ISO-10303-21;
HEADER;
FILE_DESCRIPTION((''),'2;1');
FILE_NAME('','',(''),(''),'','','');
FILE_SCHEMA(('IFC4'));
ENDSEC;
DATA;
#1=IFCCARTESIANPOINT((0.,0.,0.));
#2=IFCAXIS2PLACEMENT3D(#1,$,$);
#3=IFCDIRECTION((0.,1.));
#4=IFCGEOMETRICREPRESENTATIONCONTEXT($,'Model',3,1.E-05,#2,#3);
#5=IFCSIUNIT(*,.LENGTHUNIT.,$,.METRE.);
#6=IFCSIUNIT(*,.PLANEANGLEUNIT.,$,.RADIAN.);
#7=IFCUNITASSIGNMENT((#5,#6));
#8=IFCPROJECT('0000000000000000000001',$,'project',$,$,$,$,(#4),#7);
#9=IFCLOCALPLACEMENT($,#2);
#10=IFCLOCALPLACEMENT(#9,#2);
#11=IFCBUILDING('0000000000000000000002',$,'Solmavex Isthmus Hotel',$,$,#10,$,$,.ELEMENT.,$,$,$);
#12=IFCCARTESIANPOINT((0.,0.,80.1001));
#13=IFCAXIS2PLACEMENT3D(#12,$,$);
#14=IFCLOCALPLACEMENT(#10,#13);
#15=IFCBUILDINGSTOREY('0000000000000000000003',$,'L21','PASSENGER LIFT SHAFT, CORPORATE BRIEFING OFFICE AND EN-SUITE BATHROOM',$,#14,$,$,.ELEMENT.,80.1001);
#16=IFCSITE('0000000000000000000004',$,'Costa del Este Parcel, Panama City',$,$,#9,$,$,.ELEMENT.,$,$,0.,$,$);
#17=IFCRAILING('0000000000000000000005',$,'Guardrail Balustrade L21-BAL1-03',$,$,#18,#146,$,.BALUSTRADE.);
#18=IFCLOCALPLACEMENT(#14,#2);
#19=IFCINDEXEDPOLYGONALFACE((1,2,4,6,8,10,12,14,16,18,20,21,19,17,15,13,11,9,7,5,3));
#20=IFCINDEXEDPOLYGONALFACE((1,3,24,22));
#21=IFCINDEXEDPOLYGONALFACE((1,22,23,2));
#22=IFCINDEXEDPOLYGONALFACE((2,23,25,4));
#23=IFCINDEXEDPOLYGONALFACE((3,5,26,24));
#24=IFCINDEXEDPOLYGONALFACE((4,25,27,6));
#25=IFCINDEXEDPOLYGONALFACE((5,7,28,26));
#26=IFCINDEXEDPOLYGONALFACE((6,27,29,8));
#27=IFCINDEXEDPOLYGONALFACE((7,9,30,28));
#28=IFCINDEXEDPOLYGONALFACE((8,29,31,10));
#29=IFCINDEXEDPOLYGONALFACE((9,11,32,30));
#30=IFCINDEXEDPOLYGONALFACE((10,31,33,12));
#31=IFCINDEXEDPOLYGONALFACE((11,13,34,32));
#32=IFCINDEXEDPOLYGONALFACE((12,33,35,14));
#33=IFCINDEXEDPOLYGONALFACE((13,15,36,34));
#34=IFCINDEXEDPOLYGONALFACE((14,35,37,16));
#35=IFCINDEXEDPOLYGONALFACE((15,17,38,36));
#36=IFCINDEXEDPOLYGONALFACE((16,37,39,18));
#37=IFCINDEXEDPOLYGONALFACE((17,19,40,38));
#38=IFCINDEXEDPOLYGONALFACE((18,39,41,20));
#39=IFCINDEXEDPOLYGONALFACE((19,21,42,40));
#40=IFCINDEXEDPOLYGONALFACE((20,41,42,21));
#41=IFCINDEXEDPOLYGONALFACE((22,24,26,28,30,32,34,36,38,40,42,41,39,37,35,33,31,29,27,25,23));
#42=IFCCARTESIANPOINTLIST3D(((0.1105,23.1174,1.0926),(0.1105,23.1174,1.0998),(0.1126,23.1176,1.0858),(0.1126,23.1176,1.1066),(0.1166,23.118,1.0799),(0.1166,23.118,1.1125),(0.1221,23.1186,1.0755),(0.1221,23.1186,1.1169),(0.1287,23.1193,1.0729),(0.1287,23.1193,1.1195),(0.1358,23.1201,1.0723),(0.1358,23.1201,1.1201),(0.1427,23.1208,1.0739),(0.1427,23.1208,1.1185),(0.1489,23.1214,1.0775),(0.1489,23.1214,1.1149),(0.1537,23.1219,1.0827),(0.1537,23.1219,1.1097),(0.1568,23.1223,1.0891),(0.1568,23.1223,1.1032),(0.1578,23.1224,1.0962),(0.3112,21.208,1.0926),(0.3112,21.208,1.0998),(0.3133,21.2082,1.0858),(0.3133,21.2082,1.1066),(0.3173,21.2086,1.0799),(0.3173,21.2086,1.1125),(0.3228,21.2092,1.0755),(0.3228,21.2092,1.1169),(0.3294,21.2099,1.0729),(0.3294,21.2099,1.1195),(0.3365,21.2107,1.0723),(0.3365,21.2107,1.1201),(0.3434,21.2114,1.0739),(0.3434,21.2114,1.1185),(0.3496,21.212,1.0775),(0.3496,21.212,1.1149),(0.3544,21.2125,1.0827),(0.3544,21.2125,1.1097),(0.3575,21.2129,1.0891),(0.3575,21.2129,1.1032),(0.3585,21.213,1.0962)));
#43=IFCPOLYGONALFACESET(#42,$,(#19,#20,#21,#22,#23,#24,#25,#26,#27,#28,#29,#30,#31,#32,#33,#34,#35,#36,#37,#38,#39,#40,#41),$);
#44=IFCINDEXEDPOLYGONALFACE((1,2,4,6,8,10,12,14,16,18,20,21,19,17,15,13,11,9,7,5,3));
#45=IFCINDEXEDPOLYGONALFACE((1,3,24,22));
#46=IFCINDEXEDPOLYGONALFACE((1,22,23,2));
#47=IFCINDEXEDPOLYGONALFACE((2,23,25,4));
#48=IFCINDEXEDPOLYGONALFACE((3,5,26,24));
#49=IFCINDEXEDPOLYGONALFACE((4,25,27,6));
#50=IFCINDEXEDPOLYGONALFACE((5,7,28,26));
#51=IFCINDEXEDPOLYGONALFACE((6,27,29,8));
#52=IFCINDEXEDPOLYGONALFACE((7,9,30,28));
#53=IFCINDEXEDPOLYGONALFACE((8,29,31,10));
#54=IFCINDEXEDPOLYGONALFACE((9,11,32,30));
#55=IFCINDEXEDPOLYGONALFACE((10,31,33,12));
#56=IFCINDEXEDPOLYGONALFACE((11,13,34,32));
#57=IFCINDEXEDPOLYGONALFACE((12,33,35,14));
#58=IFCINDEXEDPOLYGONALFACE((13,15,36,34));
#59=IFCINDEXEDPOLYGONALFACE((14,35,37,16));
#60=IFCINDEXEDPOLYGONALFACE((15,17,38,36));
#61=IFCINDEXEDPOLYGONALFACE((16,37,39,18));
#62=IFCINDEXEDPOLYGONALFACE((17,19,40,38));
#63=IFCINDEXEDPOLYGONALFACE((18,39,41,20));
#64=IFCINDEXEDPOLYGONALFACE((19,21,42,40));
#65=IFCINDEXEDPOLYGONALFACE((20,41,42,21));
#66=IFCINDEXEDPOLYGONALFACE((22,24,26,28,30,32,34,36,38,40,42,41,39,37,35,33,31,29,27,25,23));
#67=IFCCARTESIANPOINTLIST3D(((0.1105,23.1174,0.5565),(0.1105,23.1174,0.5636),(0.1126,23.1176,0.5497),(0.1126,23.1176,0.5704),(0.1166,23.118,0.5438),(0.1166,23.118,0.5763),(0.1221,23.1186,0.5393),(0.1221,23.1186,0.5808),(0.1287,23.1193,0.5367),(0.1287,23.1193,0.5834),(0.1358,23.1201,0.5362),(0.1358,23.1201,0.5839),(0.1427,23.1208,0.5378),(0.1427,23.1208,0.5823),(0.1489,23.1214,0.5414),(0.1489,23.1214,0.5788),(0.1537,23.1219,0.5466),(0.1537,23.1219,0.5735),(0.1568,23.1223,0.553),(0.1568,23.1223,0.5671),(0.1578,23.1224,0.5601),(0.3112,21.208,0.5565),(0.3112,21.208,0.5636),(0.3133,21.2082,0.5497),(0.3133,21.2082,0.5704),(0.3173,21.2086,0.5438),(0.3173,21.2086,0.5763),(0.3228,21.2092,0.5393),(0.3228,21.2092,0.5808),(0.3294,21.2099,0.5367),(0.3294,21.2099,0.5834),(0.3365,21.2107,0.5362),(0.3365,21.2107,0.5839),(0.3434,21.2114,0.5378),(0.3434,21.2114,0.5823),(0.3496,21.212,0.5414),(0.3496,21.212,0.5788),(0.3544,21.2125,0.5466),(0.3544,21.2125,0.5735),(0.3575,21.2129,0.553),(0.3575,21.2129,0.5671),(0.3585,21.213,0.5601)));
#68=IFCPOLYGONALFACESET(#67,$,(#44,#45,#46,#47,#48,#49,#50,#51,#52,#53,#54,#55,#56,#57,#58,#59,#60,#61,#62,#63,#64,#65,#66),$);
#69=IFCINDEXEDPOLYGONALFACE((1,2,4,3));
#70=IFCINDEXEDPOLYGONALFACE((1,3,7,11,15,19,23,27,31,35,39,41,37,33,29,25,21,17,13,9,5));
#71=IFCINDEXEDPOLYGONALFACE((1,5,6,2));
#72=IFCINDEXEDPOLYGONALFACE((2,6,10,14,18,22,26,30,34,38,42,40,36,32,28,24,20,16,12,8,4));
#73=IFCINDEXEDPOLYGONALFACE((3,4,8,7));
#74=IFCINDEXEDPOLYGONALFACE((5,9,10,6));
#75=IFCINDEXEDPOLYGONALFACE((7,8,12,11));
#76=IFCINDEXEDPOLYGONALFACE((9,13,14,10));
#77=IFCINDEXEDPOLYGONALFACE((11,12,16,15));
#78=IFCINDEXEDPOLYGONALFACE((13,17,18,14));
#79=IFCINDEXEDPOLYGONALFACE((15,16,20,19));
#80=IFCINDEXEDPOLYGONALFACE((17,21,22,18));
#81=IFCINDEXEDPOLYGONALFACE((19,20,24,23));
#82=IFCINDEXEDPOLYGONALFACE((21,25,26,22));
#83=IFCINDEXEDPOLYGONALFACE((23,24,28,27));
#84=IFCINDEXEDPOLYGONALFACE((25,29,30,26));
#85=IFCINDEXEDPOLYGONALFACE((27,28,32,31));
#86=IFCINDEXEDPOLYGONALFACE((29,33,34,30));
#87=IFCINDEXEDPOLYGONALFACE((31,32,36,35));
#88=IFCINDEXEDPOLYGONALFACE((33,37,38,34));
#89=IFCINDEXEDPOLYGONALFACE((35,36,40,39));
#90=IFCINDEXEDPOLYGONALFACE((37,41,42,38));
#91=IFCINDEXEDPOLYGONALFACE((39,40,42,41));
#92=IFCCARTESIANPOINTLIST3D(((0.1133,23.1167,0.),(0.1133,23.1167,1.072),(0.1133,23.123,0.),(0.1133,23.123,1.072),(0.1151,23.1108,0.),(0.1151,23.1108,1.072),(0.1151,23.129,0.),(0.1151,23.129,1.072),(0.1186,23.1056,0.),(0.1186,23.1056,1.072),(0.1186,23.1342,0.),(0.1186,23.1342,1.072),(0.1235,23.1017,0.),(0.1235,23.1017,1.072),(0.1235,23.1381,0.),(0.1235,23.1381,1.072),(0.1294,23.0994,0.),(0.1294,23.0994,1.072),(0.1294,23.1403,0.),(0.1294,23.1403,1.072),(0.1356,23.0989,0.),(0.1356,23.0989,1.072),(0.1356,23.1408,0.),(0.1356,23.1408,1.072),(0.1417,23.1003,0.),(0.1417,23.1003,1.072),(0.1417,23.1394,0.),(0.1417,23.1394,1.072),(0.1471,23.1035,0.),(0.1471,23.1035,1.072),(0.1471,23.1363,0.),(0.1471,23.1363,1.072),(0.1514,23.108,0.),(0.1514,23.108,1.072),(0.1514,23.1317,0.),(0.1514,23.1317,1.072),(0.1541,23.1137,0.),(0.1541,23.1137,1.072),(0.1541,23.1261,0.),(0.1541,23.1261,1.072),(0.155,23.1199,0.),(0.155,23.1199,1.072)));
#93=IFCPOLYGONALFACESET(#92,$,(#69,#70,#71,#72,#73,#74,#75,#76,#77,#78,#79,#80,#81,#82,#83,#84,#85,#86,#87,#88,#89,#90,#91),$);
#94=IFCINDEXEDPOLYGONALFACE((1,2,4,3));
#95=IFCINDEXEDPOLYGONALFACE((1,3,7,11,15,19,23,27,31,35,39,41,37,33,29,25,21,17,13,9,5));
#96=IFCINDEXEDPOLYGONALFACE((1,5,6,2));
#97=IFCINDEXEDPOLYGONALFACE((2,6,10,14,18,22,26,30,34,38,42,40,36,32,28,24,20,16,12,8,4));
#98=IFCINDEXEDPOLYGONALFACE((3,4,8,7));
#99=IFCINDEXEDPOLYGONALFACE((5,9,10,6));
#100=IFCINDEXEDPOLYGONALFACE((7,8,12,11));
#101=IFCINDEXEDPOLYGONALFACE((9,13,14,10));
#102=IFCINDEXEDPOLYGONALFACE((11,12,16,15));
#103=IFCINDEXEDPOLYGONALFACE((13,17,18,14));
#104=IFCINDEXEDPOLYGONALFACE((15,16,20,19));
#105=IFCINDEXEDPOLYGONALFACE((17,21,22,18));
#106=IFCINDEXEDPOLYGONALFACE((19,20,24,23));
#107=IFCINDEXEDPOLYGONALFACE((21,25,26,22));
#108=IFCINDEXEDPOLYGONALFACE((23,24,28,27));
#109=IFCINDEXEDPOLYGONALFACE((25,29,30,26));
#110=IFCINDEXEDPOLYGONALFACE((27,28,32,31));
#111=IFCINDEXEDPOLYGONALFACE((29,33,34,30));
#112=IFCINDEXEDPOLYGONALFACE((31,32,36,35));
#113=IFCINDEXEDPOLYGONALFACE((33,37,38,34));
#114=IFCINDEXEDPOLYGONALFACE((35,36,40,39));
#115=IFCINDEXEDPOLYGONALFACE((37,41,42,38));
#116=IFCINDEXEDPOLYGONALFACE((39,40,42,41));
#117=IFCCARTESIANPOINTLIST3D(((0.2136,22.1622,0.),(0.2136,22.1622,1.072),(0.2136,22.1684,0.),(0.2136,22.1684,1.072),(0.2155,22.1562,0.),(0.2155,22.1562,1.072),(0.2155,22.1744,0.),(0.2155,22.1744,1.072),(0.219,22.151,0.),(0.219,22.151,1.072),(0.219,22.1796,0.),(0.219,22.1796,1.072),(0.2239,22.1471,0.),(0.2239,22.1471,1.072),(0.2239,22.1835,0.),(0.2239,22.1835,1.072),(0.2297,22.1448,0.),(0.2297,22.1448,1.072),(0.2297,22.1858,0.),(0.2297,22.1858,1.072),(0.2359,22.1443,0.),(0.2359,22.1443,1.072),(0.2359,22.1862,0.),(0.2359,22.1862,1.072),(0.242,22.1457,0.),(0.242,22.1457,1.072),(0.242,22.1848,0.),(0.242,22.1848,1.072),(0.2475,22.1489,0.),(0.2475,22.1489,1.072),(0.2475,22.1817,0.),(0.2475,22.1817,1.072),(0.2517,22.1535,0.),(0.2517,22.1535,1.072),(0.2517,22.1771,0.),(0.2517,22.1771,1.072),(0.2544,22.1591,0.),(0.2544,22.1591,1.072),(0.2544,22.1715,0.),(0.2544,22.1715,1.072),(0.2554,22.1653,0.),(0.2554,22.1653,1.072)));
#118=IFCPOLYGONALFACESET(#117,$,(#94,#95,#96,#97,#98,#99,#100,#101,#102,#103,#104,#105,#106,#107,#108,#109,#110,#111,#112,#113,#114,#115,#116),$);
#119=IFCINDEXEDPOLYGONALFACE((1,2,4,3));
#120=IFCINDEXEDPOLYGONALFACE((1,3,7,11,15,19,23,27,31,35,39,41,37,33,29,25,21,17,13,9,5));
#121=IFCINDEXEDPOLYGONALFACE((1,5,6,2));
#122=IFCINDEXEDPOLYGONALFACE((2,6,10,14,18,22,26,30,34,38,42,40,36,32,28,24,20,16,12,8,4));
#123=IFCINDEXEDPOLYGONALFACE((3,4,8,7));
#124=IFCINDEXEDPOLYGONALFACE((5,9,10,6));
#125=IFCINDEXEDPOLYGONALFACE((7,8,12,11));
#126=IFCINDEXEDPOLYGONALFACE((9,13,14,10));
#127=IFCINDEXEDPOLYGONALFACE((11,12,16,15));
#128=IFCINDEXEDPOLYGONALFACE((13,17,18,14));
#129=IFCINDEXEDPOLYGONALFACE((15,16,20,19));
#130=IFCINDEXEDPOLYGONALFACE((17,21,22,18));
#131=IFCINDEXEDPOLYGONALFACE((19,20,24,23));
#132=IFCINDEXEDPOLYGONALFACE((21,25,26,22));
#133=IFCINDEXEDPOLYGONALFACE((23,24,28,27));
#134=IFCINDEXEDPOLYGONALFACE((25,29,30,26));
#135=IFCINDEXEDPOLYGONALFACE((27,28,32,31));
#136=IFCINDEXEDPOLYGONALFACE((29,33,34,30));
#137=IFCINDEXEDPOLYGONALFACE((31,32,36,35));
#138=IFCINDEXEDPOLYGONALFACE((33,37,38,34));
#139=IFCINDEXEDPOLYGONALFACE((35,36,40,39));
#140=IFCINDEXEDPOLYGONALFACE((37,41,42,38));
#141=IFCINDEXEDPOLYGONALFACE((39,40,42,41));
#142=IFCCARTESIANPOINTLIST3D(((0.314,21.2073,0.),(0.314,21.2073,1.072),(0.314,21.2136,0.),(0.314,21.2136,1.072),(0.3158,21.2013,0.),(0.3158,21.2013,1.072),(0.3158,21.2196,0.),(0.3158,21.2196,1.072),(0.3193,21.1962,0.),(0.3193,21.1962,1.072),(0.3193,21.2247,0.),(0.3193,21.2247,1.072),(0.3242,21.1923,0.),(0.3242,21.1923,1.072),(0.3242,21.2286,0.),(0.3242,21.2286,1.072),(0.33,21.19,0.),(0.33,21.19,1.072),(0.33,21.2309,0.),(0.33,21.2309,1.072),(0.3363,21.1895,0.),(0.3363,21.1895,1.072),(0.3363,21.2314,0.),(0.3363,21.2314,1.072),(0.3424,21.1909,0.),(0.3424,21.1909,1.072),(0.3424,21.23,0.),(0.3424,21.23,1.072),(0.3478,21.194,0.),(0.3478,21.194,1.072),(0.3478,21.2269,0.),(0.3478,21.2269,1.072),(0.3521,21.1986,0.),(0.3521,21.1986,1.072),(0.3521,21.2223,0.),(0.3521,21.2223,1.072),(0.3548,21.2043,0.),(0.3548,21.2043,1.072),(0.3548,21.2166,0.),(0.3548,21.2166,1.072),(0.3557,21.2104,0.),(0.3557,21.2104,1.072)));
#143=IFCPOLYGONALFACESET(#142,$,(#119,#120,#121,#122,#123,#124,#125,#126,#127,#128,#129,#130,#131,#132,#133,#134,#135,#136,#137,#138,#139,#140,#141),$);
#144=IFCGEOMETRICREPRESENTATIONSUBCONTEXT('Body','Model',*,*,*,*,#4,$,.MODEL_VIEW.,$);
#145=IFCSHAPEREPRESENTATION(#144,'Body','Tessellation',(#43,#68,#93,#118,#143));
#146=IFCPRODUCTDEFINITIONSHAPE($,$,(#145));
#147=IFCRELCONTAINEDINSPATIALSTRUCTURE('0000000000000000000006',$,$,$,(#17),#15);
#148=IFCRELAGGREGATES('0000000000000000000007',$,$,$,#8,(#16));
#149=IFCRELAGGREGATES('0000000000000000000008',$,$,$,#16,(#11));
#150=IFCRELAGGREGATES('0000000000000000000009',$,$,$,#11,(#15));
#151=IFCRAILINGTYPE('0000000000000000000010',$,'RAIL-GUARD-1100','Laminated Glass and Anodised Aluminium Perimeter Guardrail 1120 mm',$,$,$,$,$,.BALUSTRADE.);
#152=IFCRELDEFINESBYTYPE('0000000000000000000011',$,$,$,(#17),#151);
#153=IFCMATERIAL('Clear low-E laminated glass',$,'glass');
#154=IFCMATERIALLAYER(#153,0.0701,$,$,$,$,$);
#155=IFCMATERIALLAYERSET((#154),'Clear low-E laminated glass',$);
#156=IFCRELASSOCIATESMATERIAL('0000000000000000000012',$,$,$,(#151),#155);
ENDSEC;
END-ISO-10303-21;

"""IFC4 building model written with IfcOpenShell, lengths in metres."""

from ifc_helpers import new_model, si_unit, direction, frame, origin, origin_2d, place, context, subcontext, project, spatial, circle, extrude, material, layer, layer_set, type_object, element, save


model = new_model("IFC4")

# Units and contexts
model_context = context("Model", 3, precision=1e-05, world=origin(), true_north=direction((0.0, 1.0)))
body_context = subcontext(model_context, "Body", "Model", "MODEL_VIEW")
ifc_project = project(units=[si_unit("LENGTHUNIT", "METRE"), si_unit("PLANEANGLEUNIT", "RADIAN")], contexts=[model_context])

# Site, building, storey
site_placement = place(None, origin())
site = spatial("IfcSite", under=ifc_project, at=site_placement, Name="Costa del Este Parcel, Panama City", CompositionType="ELEMENT", RefElevation=0.0)
building_placement = place(site_placement, origin())
building = spatial("IfcBuilding", under=site, at=building_placement, Name="Solmavex Isthmus Hotel", CompositionType="ELEMENT")
storey_placement = place(building_placement, frame((0.0, 0.0, 80.1001)))
storey = spatial("IfcBuildingStorey", under=building, at=storey_placement, Name="L21", Description="PASSENGER LIFT SHAFT, CORPORATE BRIEFING OFFICE AND EN-SUITE BATHROOM", CompositionType="ELEMENT", Elevation=80.1001)

# Shared definitions
ifc_material_1 = material(Name="Clear low-E laminated glass", Category="glass")

# Railing
ifc_layer_1 = layer(ifc_material_1, 0.0701)
ifc_layer_set_1 = layer_set([ifc_layer_1], Name="Clear low-E laminated glass")
railing_type = type_object("IfcRailingType", Name="RAIL-GUARD-1100", Description="Laminated Glass and Anodised Aluminium Perimeter Guardrail 1120 mm", PredefinedType="BALUSTRADE", material=ifc_layer_set_1)
railing_1_placement = place(storey_placement, frame((0.134, 23.1199, 0.0)))
element("IfcRailing", 1, at=railing_1_placement, inside=storey, type_object=railing_type, Name="Guardrail Balustrade L21-BAL1-03", PredefinedType="BALUSTRADE", context=body_context, shape_type="SweptSolid", body=[
    extrude(circle(Radius=0.0239, at=origin_2d()), frame((0.0, 0.0, 1.0962), z_axis=(0.104526, -0.994522, 0.0), x_axis=(0.994522, 0.104526, 0.0)), (0.0, 0.0, 1.0), 1.9199),
    extrude(circle(Radius=0.0239, at=origin_2d()), frame((0.0, 0.0, 0.5601), z_axis=(0.104526, -0.994522, 0.0), x_axis=(0.994522, 0.104526, 0.0)), (0.0, 0.0, 1.0), 1.9199),
    extrude(circle(Radius=0.021, at=origin_2d()), origin(), (0.0, 0.0, 1.0), 1.072),
    extrude(circle(Radius=0.021, at=origin_2d()), frame((0.1003, -0.9546, 0.0)), (0.0, 0.0, 1.0), 1.072),
    extrude(circle(Radius=0.021, at=origin_2d()), frame((0.2007, -1.9094, 0.0)), (0.0, 0.0, 1.0), 1.072),
])

save(model, "model.ifc")
